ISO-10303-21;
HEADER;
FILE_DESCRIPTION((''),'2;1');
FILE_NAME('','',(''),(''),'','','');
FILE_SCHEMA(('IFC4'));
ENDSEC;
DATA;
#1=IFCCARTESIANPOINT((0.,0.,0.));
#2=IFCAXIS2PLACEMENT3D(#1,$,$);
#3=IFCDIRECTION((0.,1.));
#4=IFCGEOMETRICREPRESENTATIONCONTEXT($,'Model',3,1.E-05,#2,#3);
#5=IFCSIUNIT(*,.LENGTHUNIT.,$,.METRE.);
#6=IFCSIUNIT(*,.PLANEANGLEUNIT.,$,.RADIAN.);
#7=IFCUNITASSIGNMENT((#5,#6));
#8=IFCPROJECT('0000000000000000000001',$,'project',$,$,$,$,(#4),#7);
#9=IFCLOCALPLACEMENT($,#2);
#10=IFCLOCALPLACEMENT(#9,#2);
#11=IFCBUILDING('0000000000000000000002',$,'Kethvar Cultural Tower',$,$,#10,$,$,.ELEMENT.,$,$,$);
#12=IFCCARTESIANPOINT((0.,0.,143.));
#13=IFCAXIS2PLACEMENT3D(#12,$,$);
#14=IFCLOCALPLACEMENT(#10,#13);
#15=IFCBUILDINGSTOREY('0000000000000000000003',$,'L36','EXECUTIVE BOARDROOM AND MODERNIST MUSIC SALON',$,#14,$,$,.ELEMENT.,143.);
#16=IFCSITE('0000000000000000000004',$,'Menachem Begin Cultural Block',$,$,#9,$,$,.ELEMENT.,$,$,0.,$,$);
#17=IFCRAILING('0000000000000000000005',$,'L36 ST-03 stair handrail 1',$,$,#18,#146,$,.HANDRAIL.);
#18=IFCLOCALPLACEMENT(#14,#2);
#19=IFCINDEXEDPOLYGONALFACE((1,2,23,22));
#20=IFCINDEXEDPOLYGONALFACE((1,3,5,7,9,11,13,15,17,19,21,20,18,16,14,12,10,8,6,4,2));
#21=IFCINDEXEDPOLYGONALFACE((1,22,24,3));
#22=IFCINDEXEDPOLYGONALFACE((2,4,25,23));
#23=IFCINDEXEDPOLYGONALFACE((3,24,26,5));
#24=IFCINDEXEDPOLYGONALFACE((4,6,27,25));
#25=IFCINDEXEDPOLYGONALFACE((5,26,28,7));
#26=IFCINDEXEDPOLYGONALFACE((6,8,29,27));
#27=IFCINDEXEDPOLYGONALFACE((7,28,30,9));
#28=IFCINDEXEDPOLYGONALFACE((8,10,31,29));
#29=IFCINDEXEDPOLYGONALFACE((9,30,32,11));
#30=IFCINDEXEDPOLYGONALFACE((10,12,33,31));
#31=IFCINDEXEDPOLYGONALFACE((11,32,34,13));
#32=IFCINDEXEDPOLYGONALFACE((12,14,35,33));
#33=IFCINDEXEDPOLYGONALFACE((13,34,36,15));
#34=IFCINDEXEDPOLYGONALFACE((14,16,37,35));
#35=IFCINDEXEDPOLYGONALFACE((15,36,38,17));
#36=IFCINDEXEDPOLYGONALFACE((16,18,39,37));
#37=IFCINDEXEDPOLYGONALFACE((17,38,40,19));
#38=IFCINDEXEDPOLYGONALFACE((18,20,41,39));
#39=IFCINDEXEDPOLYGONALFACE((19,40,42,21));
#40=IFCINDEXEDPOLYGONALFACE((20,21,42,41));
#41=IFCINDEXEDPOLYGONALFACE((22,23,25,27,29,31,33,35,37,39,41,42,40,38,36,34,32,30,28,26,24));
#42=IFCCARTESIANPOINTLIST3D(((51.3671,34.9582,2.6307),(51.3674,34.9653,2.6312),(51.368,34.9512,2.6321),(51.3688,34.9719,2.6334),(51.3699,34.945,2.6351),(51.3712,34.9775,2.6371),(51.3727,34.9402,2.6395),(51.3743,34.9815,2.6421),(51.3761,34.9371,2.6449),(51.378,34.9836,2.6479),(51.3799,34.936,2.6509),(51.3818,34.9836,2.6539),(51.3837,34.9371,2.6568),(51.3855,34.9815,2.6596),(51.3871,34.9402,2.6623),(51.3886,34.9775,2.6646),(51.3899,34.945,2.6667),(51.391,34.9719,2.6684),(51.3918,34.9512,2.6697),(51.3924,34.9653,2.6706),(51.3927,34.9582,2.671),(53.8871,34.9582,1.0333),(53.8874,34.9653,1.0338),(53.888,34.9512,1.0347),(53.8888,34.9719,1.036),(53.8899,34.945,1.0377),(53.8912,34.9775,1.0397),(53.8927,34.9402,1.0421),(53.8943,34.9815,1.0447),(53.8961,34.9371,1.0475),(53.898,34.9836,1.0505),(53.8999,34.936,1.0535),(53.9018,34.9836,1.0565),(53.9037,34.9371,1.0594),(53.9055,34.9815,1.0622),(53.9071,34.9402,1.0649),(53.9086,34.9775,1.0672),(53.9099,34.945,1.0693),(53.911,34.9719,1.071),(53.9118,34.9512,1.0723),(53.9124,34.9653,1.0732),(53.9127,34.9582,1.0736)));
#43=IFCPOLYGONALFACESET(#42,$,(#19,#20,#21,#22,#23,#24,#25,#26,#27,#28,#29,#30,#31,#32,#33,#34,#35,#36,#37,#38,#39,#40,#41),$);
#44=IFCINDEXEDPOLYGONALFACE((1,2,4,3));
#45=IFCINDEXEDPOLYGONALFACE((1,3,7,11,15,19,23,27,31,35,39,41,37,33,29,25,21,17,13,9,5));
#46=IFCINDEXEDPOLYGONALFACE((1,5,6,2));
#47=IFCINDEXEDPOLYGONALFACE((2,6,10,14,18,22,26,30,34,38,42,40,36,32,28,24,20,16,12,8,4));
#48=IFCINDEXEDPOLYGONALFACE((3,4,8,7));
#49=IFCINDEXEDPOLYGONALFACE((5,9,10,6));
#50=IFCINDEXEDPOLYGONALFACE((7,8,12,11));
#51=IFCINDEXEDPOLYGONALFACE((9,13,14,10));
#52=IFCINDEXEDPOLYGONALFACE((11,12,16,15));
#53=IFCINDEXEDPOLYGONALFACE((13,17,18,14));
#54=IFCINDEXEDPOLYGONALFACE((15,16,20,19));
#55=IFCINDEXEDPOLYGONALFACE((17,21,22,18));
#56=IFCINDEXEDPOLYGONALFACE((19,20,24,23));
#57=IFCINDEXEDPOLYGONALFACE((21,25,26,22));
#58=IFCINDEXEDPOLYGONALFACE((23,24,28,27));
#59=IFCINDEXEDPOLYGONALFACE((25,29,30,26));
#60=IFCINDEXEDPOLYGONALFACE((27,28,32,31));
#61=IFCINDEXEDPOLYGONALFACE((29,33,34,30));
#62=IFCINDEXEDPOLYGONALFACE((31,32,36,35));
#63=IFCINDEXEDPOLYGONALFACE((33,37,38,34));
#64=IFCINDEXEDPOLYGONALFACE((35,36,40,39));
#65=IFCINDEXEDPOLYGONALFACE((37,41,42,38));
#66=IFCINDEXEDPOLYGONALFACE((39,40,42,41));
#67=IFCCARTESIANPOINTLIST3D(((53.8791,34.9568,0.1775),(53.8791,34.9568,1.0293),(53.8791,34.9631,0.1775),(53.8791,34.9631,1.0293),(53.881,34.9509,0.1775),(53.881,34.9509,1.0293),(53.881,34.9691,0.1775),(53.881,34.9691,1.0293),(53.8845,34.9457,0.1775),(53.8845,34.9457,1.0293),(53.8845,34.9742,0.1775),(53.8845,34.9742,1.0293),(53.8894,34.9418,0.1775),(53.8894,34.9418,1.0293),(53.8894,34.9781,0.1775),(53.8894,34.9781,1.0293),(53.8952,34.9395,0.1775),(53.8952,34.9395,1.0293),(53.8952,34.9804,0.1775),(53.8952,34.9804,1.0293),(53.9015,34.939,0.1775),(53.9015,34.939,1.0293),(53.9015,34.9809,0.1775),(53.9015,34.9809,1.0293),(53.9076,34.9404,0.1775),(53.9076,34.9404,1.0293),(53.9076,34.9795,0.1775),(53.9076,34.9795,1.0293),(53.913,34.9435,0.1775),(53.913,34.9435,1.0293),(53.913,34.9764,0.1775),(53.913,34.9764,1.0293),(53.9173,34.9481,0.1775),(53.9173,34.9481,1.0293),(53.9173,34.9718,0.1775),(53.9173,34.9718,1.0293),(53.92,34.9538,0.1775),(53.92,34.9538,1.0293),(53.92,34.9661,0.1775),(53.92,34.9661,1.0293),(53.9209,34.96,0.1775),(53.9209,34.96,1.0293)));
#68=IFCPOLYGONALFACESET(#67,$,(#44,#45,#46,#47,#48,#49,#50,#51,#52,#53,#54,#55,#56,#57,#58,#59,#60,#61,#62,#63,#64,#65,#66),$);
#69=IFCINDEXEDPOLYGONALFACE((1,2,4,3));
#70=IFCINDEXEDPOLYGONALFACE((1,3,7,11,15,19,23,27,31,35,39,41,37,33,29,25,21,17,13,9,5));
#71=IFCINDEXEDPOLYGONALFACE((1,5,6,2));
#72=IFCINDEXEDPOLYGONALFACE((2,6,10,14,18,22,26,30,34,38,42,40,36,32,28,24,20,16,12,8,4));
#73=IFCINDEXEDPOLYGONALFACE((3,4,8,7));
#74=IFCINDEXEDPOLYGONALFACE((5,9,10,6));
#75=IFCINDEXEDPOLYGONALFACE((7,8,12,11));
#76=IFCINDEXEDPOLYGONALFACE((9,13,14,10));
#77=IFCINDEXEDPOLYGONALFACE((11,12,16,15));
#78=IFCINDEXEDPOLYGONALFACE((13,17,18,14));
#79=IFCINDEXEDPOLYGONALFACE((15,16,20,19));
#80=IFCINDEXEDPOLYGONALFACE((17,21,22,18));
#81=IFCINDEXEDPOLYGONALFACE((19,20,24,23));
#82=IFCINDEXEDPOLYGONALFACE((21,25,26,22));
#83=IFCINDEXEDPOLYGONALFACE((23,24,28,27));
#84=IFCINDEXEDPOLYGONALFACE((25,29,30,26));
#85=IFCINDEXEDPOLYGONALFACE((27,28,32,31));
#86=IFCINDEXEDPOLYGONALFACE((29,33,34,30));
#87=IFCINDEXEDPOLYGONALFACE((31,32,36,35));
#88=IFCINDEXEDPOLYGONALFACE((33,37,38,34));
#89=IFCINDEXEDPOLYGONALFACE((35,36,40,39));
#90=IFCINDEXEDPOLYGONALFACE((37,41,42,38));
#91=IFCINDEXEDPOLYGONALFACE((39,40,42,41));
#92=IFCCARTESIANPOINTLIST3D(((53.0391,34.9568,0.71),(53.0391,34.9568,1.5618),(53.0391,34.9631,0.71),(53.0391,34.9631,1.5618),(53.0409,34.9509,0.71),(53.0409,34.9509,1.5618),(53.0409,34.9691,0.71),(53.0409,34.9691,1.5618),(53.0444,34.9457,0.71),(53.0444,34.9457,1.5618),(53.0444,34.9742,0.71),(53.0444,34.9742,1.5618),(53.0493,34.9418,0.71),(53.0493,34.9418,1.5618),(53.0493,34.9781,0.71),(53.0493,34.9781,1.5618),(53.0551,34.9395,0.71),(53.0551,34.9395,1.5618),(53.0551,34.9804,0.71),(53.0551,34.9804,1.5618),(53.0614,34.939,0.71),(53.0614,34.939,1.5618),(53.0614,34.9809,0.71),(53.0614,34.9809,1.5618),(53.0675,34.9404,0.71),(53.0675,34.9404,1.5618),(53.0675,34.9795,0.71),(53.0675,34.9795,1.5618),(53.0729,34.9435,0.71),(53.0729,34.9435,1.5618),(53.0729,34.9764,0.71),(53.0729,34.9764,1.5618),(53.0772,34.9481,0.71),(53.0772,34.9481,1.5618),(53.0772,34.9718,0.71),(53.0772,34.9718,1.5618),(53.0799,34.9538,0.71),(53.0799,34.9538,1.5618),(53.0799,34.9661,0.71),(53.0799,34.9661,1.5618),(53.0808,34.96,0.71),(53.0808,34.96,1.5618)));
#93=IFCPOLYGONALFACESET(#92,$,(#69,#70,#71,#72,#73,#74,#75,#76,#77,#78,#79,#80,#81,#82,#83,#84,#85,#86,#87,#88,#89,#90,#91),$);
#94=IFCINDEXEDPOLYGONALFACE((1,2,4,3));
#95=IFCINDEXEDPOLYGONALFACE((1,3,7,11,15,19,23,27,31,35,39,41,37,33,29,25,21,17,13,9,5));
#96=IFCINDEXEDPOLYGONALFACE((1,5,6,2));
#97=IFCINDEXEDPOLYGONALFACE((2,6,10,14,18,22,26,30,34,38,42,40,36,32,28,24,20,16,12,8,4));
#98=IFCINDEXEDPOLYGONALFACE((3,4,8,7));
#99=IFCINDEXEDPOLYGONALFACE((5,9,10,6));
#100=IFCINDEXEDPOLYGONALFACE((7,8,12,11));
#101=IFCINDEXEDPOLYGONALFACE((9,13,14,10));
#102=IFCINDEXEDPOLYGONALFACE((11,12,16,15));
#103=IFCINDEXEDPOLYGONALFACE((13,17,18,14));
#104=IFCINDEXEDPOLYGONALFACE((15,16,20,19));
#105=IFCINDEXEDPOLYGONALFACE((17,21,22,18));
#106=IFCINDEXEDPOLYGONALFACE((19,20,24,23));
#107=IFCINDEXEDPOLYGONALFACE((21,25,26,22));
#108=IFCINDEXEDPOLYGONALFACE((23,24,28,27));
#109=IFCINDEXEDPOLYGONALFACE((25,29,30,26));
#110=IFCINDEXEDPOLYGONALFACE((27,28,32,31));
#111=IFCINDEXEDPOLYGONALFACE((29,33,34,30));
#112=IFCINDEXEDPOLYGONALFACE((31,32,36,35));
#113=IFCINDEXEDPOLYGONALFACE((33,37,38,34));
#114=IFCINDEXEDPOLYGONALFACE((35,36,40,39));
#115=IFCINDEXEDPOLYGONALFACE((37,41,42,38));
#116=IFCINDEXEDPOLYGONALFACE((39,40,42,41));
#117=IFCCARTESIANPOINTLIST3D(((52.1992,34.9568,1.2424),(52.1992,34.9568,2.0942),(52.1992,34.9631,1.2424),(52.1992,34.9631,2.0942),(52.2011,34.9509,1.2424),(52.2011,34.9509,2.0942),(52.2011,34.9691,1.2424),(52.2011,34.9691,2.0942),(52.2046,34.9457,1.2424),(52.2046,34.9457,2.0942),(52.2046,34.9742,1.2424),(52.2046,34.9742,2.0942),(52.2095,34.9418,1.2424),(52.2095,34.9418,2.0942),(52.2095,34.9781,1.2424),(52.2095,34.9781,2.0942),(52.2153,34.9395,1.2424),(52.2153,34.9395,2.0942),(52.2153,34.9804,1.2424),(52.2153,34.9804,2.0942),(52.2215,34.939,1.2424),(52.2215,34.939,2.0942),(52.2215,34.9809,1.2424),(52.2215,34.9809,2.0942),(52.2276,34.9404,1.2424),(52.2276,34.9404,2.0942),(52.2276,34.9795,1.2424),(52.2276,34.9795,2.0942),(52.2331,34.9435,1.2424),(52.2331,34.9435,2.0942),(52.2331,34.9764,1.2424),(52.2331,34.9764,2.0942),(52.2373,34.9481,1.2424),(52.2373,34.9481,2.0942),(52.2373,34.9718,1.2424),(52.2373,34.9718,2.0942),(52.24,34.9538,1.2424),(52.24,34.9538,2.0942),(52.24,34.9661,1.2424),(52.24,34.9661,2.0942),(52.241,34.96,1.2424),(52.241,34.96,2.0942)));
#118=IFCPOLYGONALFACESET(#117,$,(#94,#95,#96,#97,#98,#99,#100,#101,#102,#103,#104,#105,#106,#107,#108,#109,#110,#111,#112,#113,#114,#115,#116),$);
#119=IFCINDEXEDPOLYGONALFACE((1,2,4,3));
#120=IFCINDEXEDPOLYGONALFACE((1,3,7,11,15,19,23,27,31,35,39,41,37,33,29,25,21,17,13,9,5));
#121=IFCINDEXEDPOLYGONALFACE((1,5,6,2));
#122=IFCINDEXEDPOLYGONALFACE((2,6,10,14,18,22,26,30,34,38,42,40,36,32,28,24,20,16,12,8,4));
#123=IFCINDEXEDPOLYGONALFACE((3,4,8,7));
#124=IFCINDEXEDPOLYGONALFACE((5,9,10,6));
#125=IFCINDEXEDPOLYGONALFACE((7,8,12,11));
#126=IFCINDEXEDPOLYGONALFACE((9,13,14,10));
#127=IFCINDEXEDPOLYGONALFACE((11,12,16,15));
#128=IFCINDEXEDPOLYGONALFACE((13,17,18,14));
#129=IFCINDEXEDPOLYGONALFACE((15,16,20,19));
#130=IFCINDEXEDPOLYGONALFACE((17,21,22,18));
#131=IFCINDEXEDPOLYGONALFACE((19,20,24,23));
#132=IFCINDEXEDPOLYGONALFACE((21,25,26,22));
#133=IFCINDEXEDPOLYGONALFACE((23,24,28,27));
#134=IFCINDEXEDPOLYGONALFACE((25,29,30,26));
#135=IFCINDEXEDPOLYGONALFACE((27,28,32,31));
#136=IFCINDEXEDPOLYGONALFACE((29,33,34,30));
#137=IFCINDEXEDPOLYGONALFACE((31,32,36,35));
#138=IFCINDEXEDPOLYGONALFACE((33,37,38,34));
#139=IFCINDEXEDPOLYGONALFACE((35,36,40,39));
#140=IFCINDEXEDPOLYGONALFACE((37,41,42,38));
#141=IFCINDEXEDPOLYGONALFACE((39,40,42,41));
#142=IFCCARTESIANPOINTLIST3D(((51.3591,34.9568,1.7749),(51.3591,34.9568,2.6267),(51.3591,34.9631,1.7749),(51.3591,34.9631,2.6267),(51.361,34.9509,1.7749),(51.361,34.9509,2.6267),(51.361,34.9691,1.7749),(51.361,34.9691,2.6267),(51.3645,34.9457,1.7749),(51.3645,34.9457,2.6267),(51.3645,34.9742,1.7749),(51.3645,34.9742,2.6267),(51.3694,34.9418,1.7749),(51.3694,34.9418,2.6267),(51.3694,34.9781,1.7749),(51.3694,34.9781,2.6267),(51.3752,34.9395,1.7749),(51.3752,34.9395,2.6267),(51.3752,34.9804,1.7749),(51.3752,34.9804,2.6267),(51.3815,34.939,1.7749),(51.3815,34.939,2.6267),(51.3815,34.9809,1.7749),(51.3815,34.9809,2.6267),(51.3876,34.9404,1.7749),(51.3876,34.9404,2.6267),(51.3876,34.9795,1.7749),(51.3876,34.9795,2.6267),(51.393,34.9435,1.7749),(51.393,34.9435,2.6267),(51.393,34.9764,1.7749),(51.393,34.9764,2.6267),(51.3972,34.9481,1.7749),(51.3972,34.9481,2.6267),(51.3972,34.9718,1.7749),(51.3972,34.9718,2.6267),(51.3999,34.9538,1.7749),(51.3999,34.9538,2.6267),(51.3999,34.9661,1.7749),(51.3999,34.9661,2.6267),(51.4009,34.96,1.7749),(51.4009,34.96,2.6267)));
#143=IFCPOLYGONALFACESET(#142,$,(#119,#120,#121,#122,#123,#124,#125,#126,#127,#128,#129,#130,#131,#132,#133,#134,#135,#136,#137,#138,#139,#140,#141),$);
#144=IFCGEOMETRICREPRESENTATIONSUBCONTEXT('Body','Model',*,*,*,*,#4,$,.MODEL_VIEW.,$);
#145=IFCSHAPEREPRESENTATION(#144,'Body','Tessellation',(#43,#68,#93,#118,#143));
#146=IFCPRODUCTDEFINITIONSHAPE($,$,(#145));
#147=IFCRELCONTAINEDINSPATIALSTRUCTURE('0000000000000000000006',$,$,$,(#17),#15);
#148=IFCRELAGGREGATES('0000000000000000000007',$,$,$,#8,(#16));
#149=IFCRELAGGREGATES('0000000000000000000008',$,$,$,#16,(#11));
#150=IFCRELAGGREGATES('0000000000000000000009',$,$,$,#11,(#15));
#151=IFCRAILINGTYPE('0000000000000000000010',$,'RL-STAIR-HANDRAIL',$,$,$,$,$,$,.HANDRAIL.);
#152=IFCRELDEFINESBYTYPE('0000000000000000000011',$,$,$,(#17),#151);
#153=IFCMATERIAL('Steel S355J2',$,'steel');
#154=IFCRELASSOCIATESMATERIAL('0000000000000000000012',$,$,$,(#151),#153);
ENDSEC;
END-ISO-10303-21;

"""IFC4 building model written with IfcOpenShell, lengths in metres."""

from ifc_helpers import new_model, si_unit, direction, frame, origin, origin_2d, place, context, subcontext, project, spatial, circle, extrude, material, type_object, element, save


model = new_model("IFC4")

# Units and contexts
model_context = context("Model", 3, precision=1e-05, world=origin(), true_north=direction((0.0, 1.0)))
body_context = subcontext(model_context, "Body", "Model", "MODEL_VIEW")
ifc_project = project(units=[si_unit("LENGTHUNIT", "METRE"), si_unit("PLANEANGLEUNIT", "RADIAN")], contexts=[model_context])

# Site, building, storey
site_placement = place(None, origin())
site = spatial("IfcSite", under=ifc_project, at=site_placement, Name="Menachem Begin Cultural Block", CompositionType="ELEMENT", RefElevation=0.0)
building_placement = place(site_placement, origin())
building = spatial("IfcBuilding", under=site, at=building_placement, Name="Kethvar Cultural Tower", CompositionType="ELEMENT")
storey_placement = place(building_placement, frame((0.0, 0.0, 143.0)))
storey = spatial("IfcBuildingStorey", under=building, at=storey_placement, Name="L36", Description="EXECUTIVE BOARDROOM AND MODERNIST MUSIC SALON", CompositionType="ELEMENT", Elevation=143.0)

# Shared definitions
ifc_material_1 = material(Name="Steel S355J2", Category="steel")

# Railing
railing_type_1 = type_object("IfcRailingType", Name="RL-STAIR-HANDRAIL", PredefinedType="HANDRAIL", material=ifc_material_1)
railing_1_placement = place(storey_placement, frame((53.8999, 34.96, 0.1775)))
element("IfcRailing", 1, at=railing_1_placement, inside=storey, type_object=railing_type_1, Name="L36 ST-03 stair handrail 1", PredefinedType="HANDRAIL", context=body_context, shape_type="SweptSolid", body=[
    extrude(circle(Radius=0.0239, at=origin_2d()), frame((0.0, 0.0, 0.876), z_axis=(-0.844607, 0.0, 0.535387), x_axis=(0.0, -1.0, 0.0)), (0.0, 0.0, 1.0), 2.9836),
    extrude(circle(Radius=0.021, at=origin_2d()), origin(), (0.0, 0.0, 1.0), 0.8518),
    extrude(circle(Radius=0.021, at=origin_2d()), frame((-0.8401, 0.0, 0.5325)), (0.0, 0.0, 1.0), 0.8518),
    extrude(circle(Radius=0.021, at=origin_2d()), frame((-1.6799, 0.0, 1.0649)), (0.0, 0.0, 1.0), 0.8518),
    extrude(circle(Radius=0.021, at=origin_2d()), frame((-2.52, 0.0, 1.5974)), (0.0, 0.0, 1.0), 0.8518),
])

save(model, "model.ifc")
